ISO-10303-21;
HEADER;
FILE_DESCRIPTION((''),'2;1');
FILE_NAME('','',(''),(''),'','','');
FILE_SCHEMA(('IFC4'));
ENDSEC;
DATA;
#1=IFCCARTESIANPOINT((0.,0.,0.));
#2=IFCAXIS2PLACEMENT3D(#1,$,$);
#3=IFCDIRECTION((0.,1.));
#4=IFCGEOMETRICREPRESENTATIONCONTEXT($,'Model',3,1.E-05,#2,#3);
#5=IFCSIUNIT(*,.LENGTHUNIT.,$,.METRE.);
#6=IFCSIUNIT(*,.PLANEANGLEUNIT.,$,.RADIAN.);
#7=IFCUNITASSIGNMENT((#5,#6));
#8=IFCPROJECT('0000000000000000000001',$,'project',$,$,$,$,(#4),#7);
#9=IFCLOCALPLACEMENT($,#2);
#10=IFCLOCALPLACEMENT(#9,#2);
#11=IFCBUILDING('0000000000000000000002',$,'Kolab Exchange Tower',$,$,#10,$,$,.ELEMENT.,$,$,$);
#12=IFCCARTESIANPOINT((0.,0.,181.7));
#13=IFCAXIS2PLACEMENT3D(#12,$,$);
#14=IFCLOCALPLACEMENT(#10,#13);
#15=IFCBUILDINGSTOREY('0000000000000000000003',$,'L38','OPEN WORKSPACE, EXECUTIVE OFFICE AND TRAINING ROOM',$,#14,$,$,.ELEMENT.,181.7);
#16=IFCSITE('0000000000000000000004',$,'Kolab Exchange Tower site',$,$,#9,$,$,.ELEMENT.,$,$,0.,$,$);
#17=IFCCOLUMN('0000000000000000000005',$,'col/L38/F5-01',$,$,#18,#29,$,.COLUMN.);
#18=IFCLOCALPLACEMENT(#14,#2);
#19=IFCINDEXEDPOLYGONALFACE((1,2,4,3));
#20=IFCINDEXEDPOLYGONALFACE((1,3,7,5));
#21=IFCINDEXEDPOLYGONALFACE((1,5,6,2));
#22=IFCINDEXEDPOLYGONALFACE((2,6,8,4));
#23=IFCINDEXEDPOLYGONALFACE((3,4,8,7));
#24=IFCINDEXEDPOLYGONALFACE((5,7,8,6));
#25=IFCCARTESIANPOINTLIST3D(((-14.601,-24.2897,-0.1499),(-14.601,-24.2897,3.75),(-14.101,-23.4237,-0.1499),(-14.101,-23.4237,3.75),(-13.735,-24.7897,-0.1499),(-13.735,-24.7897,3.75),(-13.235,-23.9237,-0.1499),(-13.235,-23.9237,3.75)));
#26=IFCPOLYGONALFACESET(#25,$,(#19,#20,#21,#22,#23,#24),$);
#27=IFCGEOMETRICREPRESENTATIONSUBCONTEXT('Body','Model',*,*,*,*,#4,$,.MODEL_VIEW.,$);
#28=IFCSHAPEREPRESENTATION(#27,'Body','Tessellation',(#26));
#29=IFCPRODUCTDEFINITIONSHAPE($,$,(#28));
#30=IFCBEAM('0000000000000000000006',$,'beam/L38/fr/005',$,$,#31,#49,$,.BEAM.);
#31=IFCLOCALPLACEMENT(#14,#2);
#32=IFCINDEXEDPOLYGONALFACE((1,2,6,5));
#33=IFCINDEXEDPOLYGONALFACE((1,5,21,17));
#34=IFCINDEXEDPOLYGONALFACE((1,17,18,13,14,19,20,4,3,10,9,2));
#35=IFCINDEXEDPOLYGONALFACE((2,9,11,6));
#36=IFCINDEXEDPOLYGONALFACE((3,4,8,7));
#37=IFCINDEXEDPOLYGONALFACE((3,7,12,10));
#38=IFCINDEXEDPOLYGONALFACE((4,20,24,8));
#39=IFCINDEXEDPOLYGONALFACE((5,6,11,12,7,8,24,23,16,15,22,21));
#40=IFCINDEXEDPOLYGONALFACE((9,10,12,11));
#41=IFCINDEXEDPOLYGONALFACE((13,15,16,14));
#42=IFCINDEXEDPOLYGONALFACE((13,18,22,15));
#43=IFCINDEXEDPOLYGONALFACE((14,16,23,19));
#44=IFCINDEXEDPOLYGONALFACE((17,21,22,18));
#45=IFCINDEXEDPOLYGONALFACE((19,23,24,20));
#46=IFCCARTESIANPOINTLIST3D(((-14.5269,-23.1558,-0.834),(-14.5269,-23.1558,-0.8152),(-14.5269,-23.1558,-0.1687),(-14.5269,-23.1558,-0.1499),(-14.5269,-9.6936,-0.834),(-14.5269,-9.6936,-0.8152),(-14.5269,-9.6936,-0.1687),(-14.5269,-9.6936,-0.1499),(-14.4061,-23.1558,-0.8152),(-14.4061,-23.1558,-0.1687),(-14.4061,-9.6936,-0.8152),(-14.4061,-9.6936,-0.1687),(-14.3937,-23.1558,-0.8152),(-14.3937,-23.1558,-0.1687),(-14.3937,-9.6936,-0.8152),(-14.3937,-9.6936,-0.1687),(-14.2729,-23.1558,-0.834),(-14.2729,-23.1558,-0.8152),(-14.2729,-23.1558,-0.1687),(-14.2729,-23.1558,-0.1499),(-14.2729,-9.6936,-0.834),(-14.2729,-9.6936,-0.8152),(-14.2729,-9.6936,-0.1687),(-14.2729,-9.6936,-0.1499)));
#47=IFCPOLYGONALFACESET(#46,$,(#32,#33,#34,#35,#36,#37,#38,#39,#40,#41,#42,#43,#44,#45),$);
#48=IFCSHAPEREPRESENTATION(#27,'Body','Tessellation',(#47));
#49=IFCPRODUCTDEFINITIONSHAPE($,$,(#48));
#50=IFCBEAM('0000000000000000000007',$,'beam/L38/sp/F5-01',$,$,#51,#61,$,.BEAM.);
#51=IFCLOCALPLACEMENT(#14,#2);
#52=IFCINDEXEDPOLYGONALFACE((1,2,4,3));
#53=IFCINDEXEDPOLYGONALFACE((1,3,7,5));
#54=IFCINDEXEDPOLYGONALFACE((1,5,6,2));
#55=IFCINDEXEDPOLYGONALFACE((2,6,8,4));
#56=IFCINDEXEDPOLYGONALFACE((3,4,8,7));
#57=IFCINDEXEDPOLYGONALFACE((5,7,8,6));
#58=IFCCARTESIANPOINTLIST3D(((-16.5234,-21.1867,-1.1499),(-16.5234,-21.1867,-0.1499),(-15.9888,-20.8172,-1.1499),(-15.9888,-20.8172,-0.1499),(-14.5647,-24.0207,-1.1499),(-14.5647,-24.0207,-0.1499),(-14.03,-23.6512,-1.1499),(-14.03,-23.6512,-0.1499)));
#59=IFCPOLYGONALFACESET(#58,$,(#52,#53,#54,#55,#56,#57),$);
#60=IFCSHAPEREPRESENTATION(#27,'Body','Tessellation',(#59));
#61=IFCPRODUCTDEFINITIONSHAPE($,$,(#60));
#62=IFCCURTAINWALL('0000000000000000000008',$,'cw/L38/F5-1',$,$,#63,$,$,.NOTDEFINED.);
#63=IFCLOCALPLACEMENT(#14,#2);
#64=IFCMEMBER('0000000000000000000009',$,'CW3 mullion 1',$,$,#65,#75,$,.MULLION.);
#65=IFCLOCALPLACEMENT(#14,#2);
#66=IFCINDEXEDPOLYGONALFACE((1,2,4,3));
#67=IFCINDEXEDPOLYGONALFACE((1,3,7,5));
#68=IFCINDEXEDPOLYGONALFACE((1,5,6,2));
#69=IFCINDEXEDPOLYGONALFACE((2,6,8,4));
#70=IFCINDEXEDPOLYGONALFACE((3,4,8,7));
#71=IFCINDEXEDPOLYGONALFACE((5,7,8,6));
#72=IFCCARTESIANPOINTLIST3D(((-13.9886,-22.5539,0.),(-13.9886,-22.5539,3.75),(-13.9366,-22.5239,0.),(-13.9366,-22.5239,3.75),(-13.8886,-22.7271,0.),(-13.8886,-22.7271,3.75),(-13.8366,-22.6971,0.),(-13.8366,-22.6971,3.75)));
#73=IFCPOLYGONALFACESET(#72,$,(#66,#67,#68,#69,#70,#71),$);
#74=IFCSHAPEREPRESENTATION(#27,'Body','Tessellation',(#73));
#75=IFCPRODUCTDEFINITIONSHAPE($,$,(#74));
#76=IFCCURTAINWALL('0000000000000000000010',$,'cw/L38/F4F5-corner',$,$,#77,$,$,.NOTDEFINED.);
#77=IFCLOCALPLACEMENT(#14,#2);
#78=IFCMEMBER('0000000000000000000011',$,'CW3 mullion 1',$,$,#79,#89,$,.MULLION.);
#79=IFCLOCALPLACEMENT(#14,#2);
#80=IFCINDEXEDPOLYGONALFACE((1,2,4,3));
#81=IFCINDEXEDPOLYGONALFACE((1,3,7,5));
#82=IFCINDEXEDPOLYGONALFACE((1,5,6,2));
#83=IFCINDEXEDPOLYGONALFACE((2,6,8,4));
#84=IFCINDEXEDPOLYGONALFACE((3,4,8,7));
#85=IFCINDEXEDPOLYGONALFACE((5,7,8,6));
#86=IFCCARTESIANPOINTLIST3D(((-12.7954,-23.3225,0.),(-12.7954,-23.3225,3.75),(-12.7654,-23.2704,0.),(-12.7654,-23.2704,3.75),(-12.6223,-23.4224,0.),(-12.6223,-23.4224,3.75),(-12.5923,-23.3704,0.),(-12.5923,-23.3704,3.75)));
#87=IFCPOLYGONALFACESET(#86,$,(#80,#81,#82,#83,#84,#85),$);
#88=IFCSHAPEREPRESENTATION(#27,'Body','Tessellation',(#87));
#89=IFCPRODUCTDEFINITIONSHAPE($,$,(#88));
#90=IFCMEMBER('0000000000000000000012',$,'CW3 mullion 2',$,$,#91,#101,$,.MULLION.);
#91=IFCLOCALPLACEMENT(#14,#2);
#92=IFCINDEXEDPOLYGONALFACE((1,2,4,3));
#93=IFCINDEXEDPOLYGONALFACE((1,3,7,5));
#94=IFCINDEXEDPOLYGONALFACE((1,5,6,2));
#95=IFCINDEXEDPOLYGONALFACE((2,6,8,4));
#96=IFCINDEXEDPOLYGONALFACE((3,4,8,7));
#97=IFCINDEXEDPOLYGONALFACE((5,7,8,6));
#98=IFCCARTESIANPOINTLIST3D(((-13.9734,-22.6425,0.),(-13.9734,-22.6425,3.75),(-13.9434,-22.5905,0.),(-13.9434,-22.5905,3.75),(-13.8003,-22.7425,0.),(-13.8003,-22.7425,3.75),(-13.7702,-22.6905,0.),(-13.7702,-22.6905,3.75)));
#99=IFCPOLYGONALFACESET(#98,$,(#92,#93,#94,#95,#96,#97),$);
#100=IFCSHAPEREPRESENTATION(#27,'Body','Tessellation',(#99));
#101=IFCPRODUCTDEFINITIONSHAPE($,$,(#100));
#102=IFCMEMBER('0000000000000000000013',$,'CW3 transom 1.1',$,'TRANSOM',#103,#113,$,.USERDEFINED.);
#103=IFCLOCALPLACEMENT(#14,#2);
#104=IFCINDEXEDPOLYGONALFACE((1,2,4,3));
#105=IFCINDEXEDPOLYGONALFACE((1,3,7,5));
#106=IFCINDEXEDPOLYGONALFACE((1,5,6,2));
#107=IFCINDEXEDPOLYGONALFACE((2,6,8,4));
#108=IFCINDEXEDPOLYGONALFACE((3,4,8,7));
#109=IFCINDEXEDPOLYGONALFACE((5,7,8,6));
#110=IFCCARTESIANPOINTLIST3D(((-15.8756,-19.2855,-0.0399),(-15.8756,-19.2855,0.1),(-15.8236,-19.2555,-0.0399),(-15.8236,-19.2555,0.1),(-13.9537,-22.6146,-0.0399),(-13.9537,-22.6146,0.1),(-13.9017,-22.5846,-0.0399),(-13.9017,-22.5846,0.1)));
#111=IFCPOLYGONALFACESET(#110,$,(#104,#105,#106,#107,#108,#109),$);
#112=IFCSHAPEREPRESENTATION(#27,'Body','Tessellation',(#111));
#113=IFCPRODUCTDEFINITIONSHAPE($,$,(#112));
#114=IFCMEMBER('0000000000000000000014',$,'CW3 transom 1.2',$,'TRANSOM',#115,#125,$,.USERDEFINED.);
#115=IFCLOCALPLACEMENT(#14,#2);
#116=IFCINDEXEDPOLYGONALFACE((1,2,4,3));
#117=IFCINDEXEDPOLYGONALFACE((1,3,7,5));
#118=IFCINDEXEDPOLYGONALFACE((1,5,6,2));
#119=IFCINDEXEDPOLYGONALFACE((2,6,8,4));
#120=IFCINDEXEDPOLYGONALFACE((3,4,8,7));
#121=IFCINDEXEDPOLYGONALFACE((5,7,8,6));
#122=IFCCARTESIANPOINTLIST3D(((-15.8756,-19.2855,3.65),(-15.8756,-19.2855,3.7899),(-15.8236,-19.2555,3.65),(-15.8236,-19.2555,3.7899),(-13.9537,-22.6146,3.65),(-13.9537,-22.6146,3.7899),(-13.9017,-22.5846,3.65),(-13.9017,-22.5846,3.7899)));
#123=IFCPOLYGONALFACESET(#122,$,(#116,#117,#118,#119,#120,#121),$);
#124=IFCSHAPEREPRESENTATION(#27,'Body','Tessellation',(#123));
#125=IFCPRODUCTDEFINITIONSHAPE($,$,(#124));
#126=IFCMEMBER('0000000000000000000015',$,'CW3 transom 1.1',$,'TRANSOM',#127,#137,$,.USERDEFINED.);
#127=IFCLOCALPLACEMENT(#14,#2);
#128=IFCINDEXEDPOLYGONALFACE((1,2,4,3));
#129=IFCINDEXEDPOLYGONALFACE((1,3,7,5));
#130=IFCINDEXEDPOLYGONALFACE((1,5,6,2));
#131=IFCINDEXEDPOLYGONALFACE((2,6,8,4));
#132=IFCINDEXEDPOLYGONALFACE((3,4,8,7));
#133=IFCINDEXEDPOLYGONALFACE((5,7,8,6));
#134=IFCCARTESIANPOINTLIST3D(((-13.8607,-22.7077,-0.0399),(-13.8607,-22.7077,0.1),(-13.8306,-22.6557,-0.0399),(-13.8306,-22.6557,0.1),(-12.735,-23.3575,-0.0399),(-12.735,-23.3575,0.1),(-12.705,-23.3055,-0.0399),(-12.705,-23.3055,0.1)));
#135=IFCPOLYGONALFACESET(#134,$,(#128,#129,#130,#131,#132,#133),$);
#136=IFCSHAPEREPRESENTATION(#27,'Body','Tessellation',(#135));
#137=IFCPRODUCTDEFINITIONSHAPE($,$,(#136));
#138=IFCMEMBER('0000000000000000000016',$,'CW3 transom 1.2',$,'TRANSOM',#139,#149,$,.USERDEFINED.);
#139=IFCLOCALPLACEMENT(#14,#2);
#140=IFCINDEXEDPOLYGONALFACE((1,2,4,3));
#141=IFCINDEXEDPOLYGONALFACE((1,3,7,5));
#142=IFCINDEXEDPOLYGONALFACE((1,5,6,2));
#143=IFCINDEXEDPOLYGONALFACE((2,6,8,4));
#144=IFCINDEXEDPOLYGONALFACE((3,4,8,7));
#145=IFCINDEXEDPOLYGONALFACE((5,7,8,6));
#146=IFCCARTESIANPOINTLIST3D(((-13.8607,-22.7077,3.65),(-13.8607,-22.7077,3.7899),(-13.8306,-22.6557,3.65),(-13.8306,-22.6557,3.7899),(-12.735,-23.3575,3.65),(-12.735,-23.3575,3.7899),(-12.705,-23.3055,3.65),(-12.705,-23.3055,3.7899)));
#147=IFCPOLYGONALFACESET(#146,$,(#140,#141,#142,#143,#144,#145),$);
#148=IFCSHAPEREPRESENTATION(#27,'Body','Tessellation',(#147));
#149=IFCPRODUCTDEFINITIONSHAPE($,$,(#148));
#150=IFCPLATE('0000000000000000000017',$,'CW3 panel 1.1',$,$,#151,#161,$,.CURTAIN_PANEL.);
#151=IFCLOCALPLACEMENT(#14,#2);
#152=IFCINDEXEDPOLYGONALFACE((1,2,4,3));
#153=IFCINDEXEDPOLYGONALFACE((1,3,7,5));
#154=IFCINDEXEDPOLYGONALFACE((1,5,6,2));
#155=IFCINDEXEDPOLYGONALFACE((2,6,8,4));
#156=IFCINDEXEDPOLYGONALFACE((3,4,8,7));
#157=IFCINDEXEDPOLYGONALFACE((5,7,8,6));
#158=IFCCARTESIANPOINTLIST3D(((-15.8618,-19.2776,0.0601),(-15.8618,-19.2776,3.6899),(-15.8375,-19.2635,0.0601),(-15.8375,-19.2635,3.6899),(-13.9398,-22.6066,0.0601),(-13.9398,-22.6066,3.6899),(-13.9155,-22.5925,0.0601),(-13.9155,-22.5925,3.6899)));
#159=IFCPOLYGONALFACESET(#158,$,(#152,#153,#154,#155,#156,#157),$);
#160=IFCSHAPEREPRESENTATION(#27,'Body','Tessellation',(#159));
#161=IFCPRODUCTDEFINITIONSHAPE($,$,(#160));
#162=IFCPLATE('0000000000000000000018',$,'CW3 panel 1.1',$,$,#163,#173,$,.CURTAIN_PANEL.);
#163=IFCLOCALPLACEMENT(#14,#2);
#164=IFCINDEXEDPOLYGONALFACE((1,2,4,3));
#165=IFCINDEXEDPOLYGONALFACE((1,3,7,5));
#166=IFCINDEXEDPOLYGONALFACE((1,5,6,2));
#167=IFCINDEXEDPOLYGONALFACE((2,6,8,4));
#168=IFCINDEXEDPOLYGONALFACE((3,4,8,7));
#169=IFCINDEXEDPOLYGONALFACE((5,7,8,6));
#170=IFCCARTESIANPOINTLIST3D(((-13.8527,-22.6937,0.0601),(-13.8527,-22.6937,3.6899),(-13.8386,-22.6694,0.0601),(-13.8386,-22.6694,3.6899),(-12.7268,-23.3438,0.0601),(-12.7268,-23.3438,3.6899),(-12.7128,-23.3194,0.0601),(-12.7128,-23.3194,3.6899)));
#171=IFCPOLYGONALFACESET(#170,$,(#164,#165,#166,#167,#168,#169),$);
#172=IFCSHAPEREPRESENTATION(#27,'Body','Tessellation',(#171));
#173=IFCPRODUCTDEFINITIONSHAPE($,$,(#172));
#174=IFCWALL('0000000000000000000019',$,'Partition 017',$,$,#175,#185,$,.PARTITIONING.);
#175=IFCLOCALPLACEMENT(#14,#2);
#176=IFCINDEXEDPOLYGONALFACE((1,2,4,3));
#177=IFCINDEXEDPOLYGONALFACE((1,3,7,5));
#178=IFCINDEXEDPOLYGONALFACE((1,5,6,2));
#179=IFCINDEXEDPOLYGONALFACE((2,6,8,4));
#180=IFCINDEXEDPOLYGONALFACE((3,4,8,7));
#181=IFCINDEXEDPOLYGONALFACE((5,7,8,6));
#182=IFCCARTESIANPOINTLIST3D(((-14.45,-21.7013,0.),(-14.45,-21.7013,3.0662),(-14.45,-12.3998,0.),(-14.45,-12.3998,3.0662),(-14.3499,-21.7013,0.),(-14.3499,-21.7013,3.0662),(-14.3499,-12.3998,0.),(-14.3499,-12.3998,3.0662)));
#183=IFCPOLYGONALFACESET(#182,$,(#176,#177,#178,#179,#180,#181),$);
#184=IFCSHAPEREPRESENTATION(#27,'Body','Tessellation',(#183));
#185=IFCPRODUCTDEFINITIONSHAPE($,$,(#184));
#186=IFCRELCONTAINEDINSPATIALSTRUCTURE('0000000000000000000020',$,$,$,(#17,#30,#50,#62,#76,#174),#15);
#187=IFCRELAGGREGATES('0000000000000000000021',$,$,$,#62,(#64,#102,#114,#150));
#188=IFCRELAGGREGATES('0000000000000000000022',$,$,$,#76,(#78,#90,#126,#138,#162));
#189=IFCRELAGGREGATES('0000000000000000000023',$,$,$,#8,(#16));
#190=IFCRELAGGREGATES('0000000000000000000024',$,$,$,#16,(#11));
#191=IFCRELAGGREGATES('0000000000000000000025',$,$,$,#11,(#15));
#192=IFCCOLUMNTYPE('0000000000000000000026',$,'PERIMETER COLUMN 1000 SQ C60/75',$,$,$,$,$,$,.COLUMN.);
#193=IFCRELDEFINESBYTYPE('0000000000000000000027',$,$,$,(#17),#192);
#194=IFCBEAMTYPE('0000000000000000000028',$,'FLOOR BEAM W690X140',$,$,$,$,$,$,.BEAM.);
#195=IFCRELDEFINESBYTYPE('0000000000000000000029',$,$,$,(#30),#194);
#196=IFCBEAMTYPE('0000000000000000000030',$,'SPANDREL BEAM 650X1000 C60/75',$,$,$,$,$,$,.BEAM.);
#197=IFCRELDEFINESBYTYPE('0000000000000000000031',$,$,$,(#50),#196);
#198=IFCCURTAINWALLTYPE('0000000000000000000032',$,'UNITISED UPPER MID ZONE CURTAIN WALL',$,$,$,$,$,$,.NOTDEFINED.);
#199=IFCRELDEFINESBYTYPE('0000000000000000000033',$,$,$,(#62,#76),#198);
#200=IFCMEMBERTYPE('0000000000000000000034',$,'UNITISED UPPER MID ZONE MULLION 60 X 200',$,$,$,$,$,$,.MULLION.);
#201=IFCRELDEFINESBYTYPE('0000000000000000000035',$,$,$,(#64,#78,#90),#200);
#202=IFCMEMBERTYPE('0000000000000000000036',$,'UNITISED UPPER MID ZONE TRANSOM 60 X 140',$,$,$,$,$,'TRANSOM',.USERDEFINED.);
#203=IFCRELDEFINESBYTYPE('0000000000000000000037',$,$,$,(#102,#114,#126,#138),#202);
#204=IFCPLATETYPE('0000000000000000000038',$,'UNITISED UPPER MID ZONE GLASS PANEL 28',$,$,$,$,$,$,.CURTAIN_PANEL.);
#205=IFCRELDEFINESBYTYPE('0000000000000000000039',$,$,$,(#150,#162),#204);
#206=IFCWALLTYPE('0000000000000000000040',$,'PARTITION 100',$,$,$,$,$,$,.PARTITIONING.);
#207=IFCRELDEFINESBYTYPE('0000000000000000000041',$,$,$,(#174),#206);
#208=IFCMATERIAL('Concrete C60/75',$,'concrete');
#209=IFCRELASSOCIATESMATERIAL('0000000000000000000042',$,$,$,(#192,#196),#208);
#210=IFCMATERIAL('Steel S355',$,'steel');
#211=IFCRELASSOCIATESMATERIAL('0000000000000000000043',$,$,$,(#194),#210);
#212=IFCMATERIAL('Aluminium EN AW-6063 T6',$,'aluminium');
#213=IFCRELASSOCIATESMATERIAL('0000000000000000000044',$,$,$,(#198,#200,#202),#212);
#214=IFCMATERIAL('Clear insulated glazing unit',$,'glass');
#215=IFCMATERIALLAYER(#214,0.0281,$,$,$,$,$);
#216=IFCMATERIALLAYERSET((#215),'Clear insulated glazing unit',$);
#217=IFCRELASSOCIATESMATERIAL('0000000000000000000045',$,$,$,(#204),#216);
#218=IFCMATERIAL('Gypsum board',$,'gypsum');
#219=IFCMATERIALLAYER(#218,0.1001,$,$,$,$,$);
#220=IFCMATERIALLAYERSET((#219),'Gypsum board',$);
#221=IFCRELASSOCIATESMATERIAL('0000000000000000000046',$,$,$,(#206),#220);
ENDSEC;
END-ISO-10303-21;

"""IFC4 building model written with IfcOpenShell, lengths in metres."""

from ifc_helpers import new_model, si_unit, direction, frame, frame_2d, origin, origin_2d, place, context, subcontext, project, spatial, rectangle, i_section, extrude, material, layer, layer_set, material_profile, profile_set, type_object, element, aggregate, save


model = new_model("IFC4")

# Units and contexts
model_context = context("Model", 3, precision=1e-05, world=origin(), true_north=direction((0.0, 1.0)))
body_context = subcontext(model_context, "Body", "Model", "MODEL_VIEW")
ifc_project = project(units=[si_unit("LENGTHUNIT", "METRE"), si_unit("PLANEANGLEUNIT", "RADIAN")], contexts=[model_context])

# Site, building, storey
site_placement = place(None, origin())
site = spatial("IfcSite", under=ifc_project, at=site_placement, Name="Kolab Exchange Tower site", CompositionType="ELEMENT", RefElevation=0.0)
building_placement = place(site_placement, origin())
building = spatial("IfcBuilding", under=site, at=building_placement, Name="Kolab Exchange Tower", CompositionType="ELEMENT")
storey_placement = place(building_placement, frame((0.0, 0.0, 181.7)))
storey = spatial("IfcBuildingStorey", under=building, at=storey_placement, Name="L38", Description="OPEN WORKSPACE, EXECUTIVE OFFICE AND TRAINING ROOM", CompositionType="ELEMENT", Elevation=181.7)

# Column
ifc_material_1 = material(Name="Concrete C60/75", Category="concrete")
ifc_material_profile_1 = material_profile(ifc_material_1, rectangle(XDim=1.0, YDim=1.0, at=origin_2d()), Name="RC1000")
ifc_profile_set_1 = profile_set([ifc_material_profile_1], Name="Concrete C60/75")
column_type = type_object("IfcColumnType", Name="PERIMETER COLUMN 1000 SQ C60/75", PredefinedType="COLUMN", material=ifc_profile_set_1)
column_placement = place(storey_placement, frame((-13.918, -24.1067, -0.1499), z_axis=(0.0, 0.0, 1.0), x_axis=(0.5, 0.866025, 0.0)))
element("IfcColumn", 1, at=column_placement, inside=storey, type_object=column_type, Name="col/L38/F5-01", PredefinedType="COLUMN", context=body_context, shape_type="SweptSolid", body=[
    extrude(rectangle(XDim=1.0, YDim=1.0, at=origin_2d()), origin(), (0.0, 0.0, 1.0), 3.8999),
])

# Beams
ifc_material_2 = material(Name="Steel S355", Category="steel")
ifc_material_profile_2 = material_profile(ifc_material_2, i_section(OverallWidth=0.2539, OverallDepth=0.6841, WebThickness=0.0125, FlangeThickness=0.0188, at=origin_2d()), Name="W690X140")
ifc_profile_set_2 = profile_set([ifc_material_profile_2], Name="Steel S355")
beam_type_1 = type_object("IfcBeamType", Name="FLOOR BEAM W690X140", PredefinedType="BEAM", material=ifc_profile_set_2)
beam_1_placement = place(storey_placement, frame((-14.3999, -23.1558, -0.4919), z_axis=(0.0, 1.0, 0.0), x_axis=(-1.0, 0.0, 0.0)))
element("IfcBeam", 2, at=beam_1_placement, inside=storey, type_object=beam_type_1, Name="beam/L38/fr/005", PredefinedType="BEAM", context=body_context, shape_type="SweptSolid", body=[
    extrude(i_section(OverallWidth=0.2539, OverallDepth=0.6841, WebThickness=0.0125, FlangeThickness=0.0188, at=origin_2d()), origin(), (0.0, 0.0, 1.0), 13.4622),
])
ifc_material_profile_3 = material_profile(ifc_material_1, rectangle(XDim=0.6499, YDim=1.0, at=origin_2d()), Name="RC650X1000")
ifc_profile_set_3 = profile_set([ifc_material_profile_3], Name="Concrete C60/75")
beam_type_2 = type_object("IfcBeamType", Name="SPANDREL BEAM 650X1000 C60/75", PredefinedType="BEAM", material=ifc_profile_set_3)
beam_2_placement = place(storey_placement, frame((-14.2974, -23.8359, -0.6499), z_axis=(-0.568572, 0.822633, 0.0), x_axis=(-0.822633, -0.568572, 0.0)))
element("IfcBeam", 3, at=beam_2_placement, inside=storey, type_object=beam_type_2, Name="beam/L38/sp/F5-01", PredefinedType="BEAM", context=body_context, shape_type="SweptSolid", body=[
    extrude(rectangle(XDim=0.6499, YDim=1.0, at=origin_2d()), origin(), (0.0, 0.0, 1.0), 3.4451),
])

# Curtain wall, member
ifc_material_3 = material(Name="Aluminium EN AW-6063 T6", Category="aluminium")
curtain_wall_type = type_object("IfcCurtainWallType", Name="UNITISED UPPER MID ZONE CURTAIN WALL", PredefinedType="NOTDEFINED", material=ifc_material_3)
curtain_wall_1_placement = place(storey_placement, origin())
curtain_wall_1 = element("IfcCurtainWall", 4, at=curtain_wall_1_placement, inside=storey, type_object=curtain_wall_type, Name="cw/L38/F5-1", PredefinedType="NOTDEFINED")
ifc_material_profile_4 = material_profile(ifc_material_3, rectangle(XDim=0.0601, YDim=0.2, at=origin_2d()), Name="RECT 60X200")
ifc_profile_set_4 = profile_set([ifc_material_profile_4], Name="Aluminium EN AW-6063 T6")
member_type_1 = type_object("IfcMemberType", Name="UNITISED UPPER MID ZONE MULLION 60 X 200", PredefinedType="MULLION", material=ifc_profile_set_4)
member_1_placement = place(storey_placement, frame((-13.9126, -22.6255, 0.0), z_axis=(0.0, 0.0, 1.0), x_axis=(-0.866025, -0.5, 0.0)))
member_1 = element("IfcMember", 5, at=member_1_placement, type_object=member_type_1, Name="CW3 mullion 1", PredefinedType="MULLION", context=body_context, shape_type="SweptSolid", body=[
    extrude(rectangle(XDim=0.0601, YDim=0.2, at=origin_2d()), origin(), (0.0, 0.0, 1.0), 3.75),
])

# Curtain wall, members
curtain_wall_2_placement = place(storey_placement, origin())
curtain_wall_2 = element("IfcCurtainWall", 6, at=curtain_wall_2_placement, inside=storey, type_object=curtain_wall_type, Name="cw/L38/F4F5-corner", PredefinedType="NOTDEFINED")
member_2_placement = place(storey_placement, frame((-12.6938, -23.3464, 0.0), z_axis=(0.0, 0.0, 1.0), x_axis=(-0.5, -0.866025, 0.0)))
member_2 = element("IfcMember", 7, at=member_2_placement, type_object=member_type_1, Name="CW3 mullion 1", PredefinedType="MULLION", context=body_context, shape_type="SweptSolid", body=[
    extrude(rectangle(XDim=0.0601, YDim=0.2, at=origin_2d()), origin(), (0.0, 0.0, 1.0), 3.75),
])
member_3_placement = place(storey_placement, frame((-13.8718, -22.6665, 0.0), z_axis=(0.0, 0.0, 1.0), x_axis=(-0.5, -0.866025, 0.0)))
member_3 = element("IfcMember", 8, at=member_3_placement, type_object=member_type_1, Name="CW3 mullion 2", PredefinedType="MULLION", context=body_context, shape_type="SweptSolid", body=[
    extrude(rectangle(XDim=0.0601, YDim=0.2, at=origin_2d()), origin(), (0.0, 0.0, 1.0), 3.75),
])

# Members
ifc_material_profile_5 = material_profile(ifc_material_3, rectangle(XDim=0.0601, YDim=0.1399, at=origin_2d()), Name="RECT 60X140")
ifc_profile_set_5 = profile_set([ifc_material_profile_5], Name="Aluminium EN AW-6063 T6")
member_type_2 = type_object("IfcMemberType", Name="UNITISED UPPER MID ZONE TRANSOM 60 X 140", ElementType="TRANSOM", PredefinedType="USERDEFINED", material=ifc_profile_set_5)
member_4_placement = place(storey_placement, frame((-13.9277, -22.5996, 0.03), z_axis=(-0.499964, 0.866046, 0.0), x_axis=(-0.866046, -0.499964, 0.0)))
member_4 = element("IfcMember", 9, at=member_4_placement, type_object=member_type_2, Name="CW3 transom 1.1", ObjectType="TRANSOM", PredefinedType="USERDEFINED", context=body_context, shape_type="SweptSolid", body=[
    extrude(rectangle(XDim=0.0601, YDim=0.1399, at=origin_2d()), origin(), (0.0, 0.0, 1.0), 3.844),
])
member_5_placement = place(storey_placement, frame((-13.9277, -22.5996, 3.72), z_axis=(-0.499964, 0.866046, 0.0), x_axis=(-0.866046, -0.499964, 0.0)))
member_5 = element("IfcMember", 10, at=member_5_placement, type_object=member_type_2, Name="CW3 transom 1.2", ObjectType="TRANSOM", PredefinedType="USERDEFINED", context=body_context, shape_type="SweptSolid", body=[
    extrude(rectangle(XDim=0.0601, YDim=0.1399, at=origin_2d()), origin(), (0.0, 0.0, 1.0), 3.844),
])
member_6_placement = place(storey_placement, frame((-12.72, -23.3315, 0.03), z_axis=(-0.866039, 0.499977, 0.0), x_axis=(-0.499977, -0.866039, 0.0)))
member_6 = element("IfcMember", 11, at=member_6_placement, type_object=member_type_2, Name="CW3 transom 1.1", ObjectType="TRANSOM", PredefinedType="USERDEFINED", context=body_context, shape_type="SweptSolid", body=[
    extrude(rectangle(XDim=0.0601, YDim=0.1399, at=origin_2d()), origin(), (0.0, 0.0, 1.0), 1.2998),
])
member_7_placement = place(storey_placement, frame((-12.72, -23.3315, 3.72), z_axis=(-0.866039, 0.499977, 0.0), x_axis=(-0.499977, -0.866039, 0.0)))
member_7 = element("IfcMember", 12, at=member_7_placement, type_object=member_type_2, Name="CW3 transom 1.2", ObjectType="TRANSOM", PredefinedType="USERDEFINED", context=body_context, shape_type="SweptSolid", body=[
    extrude(rectangle(XDim=0.0601, YDim=0.1399, at=origin_2d()), origin(), (0.0, 0.0, 1.0), 1.2998),
])

# Plates
ifc_material_4 = material(Name="Clear insulated glazing unit", Category="glass")
ifc_layer_1 = layer(ifc_material_4, 0.0281)
ifc_layer_set_1 = layer_set([ifc_layer_1], Name="Clear insulated glazing unit")
plate_type = type_object("IfcPlateType", Name="UNITISED UPPER MID ZONE GLASS PANEL 28", PredefinedType="CURTAIN_PANEL", material=ifc_layer_set_1)
plate_1_placement = place(storey_placement, frame((-14.8887, -20.9351, 0.0601), z_axis=(0.0, 0.0, 1.0), x_axis=(-0.5, 0.866025, 0.0)))
plate_1 = element("IfcPlate", 13, at=plate_1_placement, type_object=plate_type, Name="CW3 panel 1.1", PredefinedType="CURTAIN_PANEL", context=body_context, shape_type="SweptSolid", body=[
    extrude(rectangle(XDim=3.844, YDim=0.0281, at=origin_2d()), origin(), (0.0, 0.0, 1.0), 3.6299),
])
aggregate(curtain_wall_1, [member_1, member_4, member_5, plate_1])
plate_2_placement = place(storey_placement, frame((-13.2827, -23.0066, 0.0601), z_axis=(0.0, 0.0, 1.0), x_axis=(-0.866025, 0.5, 0.0)))
plate_2 = element("IfcPlate", 14, at=plate_2_placement, type_object=plate_type, Name="CW3 panel 1.1", PredefinedType="CURTAIN_PANEL", context=body_context, shape_type="SweptSolid", body=[
    extrude(rectangle(XDim=1.3, YDim=0.0281, at=origin_2d()), origin(), (0.0, 0.0, 1.0), 3.6299),
])
aggregate(curtain_wall_2, [member_2, member_3, member_6, member_7, plate_2])

# Wall
ifc_material_5 = material(Name="Gypsum board", Category="gypsum")
ifc_layer_2 = layer(ifc_material_5, 0.1001)
ifc_layer_set_2 = layer_set([ifc_layer_2], Name="Gypsum board")
wall_type = type_object("IfcWallType", Name="PARTITION 100", PredefinedType="PARTITIONING", material=ifc_layer_set_2)
wall_placement = place(storey_placement, frame((-14.3999, -21.7014, 0.0), z_axis=(0.0, 0.0, 1.0), x_axis=(0.0, 1.0, 0.0)))
element("IfcWall", 15, at=wall_placement, inside=storey, type_object=wall_type, Name="Partition 017", PredefinedType="PARTITIONING", context=body_context, shape_type="SweptSolid", body=[
    extrude(rectangle(XDim=9.3015, YDim=0.1001, at=frame_2d((4.6509, 0.0))), origin(), (0.0, 0.0, 1.0), 3.0662),
])

save(model, "model.ifc")
